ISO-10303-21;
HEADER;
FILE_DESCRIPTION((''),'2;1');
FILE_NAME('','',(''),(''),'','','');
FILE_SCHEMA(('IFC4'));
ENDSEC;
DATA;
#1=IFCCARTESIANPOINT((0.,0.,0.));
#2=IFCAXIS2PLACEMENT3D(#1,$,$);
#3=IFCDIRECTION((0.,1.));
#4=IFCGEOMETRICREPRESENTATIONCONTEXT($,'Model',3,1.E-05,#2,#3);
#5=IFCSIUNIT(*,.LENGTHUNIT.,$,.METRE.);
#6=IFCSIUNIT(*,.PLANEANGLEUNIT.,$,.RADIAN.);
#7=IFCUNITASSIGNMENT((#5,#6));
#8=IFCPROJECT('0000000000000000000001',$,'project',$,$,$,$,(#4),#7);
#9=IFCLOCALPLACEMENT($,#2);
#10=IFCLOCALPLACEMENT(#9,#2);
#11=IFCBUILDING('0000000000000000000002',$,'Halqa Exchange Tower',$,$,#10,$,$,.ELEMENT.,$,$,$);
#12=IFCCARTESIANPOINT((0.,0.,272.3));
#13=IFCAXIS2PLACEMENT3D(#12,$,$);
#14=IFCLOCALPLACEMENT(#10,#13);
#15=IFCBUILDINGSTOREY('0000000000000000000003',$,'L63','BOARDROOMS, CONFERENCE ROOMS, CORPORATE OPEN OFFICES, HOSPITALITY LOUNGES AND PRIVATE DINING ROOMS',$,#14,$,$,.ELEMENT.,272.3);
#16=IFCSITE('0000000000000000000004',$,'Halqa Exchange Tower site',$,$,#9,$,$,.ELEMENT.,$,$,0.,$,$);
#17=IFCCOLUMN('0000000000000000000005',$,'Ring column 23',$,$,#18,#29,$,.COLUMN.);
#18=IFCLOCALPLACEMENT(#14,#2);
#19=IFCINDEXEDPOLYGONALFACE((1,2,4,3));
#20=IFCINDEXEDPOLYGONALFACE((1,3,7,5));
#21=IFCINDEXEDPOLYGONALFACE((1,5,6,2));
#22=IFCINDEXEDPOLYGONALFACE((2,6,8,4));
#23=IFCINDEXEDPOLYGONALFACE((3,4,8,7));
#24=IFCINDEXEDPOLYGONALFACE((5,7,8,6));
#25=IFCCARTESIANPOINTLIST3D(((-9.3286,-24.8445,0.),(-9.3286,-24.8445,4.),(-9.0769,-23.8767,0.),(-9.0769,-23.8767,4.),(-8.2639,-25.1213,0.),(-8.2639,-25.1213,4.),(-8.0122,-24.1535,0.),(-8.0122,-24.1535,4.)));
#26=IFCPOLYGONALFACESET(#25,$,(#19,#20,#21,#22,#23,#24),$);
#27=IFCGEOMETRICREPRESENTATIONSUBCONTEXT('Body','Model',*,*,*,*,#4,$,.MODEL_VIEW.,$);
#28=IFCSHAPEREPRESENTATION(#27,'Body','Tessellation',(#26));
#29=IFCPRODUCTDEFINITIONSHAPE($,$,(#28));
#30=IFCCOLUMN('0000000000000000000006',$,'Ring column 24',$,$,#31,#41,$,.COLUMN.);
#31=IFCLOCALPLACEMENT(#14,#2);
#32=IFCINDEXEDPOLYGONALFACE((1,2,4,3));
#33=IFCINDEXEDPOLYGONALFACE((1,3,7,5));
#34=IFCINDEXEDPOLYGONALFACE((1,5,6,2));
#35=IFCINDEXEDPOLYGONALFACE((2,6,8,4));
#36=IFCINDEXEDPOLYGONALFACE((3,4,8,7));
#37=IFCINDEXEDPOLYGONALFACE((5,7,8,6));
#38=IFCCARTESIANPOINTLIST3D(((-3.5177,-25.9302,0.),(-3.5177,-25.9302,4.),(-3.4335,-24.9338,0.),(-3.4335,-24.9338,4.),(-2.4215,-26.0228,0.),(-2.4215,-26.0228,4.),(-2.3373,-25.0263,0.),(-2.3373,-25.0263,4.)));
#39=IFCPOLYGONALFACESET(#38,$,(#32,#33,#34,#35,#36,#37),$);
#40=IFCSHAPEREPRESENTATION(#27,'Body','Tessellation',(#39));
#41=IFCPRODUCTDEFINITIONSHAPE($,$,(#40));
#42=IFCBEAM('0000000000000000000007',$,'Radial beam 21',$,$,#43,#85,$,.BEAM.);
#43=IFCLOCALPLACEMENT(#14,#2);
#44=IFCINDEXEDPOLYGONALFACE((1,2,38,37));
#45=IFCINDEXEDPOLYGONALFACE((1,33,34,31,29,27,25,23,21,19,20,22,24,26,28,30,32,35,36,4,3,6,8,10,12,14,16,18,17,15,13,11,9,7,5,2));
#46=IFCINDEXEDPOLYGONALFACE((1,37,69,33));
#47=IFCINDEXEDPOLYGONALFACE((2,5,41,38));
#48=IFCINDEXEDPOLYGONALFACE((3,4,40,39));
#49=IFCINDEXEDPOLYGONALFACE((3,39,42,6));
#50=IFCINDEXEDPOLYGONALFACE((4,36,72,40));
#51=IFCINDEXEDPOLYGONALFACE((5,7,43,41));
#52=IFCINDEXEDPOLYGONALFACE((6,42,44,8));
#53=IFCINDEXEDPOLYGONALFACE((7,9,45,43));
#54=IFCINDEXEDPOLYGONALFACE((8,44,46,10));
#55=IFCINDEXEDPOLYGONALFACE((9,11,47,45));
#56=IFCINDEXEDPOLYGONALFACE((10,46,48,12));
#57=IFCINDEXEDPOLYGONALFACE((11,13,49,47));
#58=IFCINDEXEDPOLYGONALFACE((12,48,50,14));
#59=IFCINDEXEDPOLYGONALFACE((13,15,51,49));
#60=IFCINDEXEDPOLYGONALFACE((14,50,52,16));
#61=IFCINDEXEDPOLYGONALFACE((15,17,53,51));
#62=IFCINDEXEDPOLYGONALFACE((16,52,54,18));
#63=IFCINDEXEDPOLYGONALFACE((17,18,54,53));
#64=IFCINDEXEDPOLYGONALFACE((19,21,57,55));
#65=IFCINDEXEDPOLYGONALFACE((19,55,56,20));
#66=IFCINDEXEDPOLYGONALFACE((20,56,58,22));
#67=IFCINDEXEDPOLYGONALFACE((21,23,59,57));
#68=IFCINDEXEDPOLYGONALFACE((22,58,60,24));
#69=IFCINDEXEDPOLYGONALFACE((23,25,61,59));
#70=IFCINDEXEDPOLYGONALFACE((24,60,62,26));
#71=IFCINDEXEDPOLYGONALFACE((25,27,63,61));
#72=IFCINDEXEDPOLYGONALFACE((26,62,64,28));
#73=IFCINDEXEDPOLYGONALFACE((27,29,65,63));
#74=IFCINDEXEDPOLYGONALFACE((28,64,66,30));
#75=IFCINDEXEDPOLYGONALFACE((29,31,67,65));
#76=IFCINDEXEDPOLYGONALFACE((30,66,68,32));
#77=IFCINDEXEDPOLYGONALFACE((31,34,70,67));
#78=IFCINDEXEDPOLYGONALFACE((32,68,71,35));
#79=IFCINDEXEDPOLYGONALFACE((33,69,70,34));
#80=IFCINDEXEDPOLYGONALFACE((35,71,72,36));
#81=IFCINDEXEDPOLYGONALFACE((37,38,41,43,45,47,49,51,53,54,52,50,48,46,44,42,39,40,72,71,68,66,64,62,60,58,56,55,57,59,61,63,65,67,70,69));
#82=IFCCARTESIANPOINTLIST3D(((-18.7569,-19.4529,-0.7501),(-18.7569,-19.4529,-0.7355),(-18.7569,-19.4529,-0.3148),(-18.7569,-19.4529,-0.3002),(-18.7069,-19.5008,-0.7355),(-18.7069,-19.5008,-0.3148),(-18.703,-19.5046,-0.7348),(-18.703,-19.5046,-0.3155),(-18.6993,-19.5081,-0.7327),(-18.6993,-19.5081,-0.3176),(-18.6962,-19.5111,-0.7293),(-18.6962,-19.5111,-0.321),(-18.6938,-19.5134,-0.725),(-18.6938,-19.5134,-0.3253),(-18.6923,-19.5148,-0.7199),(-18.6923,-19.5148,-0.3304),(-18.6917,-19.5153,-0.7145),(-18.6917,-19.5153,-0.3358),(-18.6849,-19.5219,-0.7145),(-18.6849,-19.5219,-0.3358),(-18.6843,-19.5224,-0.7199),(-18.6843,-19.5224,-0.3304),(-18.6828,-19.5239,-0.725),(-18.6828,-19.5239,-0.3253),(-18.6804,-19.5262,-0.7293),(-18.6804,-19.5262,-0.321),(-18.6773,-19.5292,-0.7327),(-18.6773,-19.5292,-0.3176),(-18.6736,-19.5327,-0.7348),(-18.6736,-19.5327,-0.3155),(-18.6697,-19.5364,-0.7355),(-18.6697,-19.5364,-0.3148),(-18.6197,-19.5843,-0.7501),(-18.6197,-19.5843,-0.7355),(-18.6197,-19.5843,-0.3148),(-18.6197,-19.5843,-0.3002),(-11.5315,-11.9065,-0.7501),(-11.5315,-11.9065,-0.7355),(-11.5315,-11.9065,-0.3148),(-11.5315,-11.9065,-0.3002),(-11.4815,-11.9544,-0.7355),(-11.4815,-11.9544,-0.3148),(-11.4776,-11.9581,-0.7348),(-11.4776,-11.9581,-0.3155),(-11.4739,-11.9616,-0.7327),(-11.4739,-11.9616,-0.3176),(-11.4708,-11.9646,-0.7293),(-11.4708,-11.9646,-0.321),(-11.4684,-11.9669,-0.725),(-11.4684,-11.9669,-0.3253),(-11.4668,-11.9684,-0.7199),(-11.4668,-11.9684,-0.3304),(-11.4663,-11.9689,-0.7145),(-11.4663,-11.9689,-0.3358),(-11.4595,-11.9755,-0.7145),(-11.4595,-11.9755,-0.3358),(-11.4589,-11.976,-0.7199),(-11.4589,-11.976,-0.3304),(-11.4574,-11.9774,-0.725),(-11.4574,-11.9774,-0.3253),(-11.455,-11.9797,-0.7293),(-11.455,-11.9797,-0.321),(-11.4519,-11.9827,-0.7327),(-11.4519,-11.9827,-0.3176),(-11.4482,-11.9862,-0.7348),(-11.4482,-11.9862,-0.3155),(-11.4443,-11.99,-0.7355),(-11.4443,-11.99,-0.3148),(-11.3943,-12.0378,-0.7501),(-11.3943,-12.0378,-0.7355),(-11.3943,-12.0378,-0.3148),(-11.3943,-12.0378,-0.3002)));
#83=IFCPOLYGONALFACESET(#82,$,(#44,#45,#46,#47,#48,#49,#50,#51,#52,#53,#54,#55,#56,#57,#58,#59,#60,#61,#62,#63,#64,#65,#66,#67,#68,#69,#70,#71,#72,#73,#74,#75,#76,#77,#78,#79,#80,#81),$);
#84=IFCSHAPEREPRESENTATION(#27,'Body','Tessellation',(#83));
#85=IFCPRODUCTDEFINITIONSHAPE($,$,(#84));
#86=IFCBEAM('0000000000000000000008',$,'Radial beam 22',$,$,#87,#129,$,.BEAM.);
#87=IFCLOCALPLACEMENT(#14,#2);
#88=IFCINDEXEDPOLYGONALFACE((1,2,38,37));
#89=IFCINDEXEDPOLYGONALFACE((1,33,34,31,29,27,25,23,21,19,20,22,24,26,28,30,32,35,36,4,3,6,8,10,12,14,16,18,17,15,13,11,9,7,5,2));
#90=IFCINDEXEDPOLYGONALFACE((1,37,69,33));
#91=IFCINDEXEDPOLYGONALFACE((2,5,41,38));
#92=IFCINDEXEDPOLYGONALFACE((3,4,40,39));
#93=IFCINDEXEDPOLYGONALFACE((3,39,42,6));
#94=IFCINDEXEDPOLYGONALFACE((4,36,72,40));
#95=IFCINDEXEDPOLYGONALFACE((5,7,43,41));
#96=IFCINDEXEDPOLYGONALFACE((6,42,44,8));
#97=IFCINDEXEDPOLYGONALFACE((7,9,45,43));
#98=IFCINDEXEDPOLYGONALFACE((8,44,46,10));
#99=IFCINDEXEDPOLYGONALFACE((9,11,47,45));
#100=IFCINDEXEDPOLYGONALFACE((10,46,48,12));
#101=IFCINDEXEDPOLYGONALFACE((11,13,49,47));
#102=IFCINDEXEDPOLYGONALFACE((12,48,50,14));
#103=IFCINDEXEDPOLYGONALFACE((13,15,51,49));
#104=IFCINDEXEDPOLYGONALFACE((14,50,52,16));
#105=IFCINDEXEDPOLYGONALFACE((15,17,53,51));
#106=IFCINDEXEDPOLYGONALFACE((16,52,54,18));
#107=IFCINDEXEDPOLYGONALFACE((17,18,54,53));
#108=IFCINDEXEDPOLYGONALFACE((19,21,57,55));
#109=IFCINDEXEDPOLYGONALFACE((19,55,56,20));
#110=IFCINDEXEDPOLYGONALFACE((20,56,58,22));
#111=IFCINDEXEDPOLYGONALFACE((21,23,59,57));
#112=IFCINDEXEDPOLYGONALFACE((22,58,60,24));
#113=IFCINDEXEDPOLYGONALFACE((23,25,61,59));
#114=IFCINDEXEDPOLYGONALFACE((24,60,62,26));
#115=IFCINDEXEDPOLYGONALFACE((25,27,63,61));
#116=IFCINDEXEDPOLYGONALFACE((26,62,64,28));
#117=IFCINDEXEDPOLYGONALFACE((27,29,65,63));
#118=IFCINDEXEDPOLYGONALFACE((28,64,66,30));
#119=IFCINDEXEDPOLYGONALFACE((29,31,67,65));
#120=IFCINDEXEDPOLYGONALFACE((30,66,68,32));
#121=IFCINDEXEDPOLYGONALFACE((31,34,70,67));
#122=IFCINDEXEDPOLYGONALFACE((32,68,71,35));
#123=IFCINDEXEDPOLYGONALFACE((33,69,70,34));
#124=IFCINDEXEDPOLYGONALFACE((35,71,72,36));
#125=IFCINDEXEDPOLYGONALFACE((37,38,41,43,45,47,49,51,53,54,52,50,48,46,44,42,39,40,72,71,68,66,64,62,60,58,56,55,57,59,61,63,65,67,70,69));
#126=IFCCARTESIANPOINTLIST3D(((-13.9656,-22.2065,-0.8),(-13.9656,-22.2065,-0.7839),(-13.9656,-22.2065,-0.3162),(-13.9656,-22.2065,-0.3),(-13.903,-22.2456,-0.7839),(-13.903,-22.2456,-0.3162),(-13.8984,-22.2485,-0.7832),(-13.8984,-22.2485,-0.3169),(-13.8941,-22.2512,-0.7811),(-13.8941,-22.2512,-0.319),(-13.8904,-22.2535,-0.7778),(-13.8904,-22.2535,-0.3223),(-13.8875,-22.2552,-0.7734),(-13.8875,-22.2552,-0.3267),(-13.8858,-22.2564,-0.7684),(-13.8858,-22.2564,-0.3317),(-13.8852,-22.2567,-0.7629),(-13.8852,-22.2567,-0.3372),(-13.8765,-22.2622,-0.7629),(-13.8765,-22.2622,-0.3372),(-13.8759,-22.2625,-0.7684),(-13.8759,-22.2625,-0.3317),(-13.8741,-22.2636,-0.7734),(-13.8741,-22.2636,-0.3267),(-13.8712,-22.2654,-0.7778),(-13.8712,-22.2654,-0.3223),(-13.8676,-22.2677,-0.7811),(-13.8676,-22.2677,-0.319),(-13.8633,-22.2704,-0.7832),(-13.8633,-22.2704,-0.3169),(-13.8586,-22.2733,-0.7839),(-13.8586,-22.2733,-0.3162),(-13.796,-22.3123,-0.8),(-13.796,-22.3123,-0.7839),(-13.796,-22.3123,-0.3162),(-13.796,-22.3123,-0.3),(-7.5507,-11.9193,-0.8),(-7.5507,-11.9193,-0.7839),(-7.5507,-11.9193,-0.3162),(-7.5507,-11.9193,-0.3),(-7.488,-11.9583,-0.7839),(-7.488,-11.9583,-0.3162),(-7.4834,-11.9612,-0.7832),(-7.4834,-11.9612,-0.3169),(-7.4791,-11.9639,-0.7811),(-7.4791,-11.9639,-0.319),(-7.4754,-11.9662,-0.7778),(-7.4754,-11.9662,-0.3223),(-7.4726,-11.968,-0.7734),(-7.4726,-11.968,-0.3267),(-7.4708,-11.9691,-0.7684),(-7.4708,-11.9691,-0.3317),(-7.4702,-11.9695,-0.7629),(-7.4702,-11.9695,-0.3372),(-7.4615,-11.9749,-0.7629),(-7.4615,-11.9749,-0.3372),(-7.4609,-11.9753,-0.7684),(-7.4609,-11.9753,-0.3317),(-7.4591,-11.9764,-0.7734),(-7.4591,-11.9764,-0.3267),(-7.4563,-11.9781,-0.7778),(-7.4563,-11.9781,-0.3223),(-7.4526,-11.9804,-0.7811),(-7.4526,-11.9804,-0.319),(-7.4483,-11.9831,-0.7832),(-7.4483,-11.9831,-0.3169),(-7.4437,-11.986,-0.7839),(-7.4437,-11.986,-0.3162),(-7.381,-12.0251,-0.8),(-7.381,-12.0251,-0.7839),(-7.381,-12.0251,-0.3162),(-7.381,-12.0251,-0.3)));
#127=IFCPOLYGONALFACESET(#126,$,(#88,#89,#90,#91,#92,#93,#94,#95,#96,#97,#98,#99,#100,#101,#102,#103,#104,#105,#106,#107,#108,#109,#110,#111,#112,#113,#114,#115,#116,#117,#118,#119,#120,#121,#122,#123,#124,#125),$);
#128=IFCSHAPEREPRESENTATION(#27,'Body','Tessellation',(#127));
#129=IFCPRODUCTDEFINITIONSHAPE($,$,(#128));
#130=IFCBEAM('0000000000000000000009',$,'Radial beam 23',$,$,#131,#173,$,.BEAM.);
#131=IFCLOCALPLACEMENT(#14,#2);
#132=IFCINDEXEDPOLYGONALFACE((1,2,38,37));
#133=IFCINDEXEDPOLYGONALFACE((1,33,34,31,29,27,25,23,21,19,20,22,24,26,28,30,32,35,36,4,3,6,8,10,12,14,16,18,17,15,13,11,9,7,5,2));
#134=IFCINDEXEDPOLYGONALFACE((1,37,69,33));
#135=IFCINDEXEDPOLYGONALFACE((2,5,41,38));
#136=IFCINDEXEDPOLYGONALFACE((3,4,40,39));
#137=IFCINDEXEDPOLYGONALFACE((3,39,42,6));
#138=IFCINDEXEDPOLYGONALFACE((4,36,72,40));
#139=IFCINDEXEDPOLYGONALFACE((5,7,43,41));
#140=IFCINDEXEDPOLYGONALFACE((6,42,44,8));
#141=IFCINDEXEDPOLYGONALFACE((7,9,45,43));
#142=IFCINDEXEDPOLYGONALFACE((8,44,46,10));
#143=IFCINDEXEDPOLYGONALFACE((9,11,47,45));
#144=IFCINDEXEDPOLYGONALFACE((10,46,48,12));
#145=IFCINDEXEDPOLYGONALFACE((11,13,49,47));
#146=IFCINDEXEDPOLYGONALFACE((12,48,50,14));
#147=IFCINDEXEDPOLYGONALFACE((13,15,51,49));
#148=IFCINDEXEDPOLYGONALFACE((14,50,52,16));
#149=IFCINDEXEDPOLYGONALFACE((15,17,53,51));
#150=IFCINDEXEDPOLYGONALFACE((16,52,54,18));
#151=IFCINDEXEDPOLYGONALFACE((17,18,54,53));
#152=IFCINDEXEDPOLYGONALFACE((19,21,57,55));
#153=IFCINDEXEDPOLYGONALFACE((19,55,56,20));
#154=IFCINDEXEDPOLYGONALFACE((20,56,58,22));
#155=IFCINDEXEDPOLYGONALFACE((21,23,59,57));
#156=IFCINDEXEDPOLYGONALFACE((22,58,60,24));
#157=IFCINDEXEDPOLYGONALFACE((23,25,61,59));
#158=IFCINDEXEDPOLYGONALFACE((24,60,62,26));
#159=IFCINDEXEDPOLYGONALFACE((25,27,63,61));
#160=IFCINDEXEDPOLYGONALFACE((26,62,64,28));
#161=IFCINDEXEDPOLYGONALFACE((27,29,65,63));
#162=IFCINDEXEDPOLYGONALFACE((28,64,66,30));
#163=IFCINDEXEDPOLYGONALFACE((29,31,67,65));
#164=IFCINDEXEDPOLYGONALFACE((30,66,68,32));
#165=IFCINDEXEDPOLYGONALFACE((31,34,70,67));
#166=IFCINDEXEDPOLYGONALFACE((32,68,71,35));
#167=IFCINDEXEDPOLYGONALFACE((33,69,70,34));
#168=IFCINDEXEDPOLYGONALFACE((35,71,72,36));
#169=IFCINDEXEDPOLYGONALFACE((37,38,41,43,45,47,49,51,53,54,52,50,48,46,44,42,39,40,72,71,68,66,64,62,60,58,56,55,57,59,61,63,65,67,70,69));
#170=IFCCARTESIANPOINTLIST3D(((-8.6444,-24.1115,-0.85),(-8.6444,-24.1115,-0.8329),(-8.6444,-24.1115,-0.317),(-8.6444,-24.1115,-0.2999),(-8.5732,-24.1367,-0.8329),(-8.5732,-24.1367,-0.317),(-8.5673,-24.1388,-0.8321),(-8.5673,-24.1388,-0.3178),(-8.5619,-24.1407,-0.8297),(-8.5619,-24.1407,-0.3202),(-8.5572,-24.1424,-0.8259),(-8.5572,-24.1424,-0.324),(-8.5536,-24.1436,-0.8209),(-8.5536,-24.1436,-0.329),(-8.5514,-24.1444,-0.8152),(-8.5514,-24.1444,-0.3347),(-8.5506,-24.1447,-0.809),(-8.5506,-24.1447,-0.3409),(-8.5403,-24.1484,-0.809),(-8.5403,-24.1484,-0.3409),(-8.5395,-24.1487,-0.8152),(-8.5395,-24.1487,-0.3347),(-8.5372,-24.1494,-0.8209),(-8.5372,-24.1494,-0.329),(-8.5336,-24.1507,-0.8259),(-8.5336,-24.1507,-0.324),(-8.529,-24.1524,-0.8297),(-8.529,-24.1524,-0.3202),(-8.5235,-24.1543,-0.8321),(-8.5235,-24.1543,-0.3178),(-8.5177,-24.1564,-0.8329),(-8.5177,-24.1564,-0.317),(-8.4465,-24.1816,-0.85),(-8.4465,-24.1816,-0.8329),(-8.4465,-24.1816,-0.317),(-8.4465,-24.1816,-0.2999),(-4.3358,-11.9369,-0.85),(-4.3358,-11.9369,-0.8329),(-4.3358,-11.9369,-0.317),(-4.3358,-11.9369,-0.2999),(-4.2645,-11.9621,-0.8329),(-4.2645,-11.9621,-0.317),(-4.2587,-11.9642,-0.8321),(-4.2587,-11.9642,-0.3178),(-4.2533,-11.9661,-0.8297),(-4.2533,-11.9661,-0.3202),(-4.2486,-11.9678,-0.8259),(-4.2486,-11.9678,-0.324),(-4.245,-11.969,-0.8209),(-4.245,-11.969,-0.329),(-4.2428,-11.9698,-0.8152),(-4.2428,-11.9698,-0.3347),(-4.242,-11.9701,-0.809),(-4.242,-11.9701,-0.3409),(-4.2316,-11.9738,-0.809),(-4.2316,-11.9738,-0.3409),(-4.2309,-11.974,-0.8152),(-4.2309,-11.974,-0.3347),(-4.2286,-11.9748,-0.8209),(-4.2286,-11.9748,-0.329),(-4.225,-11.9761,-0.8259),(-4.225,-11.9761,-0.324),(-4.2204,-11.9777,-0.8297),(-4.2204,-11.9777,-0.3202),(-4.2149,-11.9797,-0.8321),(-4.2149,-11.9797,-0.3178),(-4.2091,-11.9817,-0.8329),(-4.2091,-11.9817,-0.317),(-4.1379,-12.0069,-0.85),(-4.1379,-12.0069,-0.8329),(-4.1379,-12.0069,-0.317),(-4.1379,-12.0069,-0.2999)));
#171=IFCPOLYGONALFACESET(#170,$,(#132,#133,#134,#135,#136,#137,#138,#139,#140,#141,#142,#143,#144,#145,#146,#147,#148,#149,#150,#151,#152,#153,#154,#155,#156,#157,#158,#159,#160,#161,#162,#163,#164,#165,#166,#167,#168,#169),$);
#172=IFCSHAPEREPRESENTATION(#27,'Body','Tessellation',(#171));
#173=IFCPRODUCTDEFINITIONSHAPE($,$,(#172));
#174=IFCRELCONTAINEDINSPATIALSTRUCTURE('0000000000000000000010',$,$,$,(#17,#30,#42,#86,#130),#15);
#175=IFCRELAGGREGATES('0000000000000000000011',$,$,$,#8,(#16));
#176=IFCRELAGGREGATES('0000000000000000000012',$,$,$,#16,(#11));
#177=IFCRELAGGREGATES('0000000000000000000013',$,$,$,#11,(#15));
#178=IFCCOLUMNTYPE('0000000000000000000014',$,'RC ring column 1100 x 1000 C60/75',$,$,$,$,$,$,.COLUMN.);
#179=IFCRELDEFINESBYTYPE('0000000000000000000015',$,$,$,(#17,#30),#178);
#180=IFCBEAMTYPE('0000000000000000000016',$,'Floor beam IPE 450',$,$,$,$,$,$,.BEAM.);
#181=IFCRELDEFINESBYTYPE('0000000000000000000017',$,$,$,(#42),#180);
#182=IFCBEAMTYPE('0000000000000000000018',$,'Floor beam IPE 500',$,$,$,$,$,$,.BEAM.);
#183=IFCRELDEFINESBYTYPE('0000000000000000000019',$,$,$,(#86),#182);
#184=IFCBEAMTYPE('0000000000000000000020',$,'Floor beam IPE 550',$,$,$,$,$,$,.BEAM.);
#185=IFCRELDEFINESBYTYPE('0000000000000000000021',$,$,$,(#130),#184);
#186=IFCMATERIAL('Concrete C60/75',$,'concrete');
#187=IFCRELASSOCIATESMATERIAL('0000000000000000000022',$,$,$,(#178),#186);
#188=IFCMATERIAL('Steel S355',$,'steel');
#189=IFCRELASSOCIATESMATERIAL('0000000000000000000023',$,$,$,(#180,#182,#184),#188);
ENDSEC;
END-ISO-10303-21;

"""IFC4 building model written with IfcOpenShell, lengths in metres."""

from ifc_helpers import new_model, si_unit, direction, frame, origin, origin_2d, place, context, subcontext, project, spatial, rectangle, i_section, extrude, material, material_profile, profile_set, type_object, element, save


model = new_model("IFC4")

# Units and contexts
model_context = context("Model", 3, precision=1e-05, world=origin(), true_north=direction((0.0, 1.0)))
body_context = subcontext(model_context, "Body", "Model", "MODEL_VIEW")
ifc_project = project(units=[si_unit("LENGTHUNIT", "METRE"), si_unit("PLANEANGLEUNIT", "RADIAN")], contexts=[model_context])

# Site, building, storey
site_placement = place(None, origin())
site = spatial("IfcSite", under=ifc_project, at=site_placement, Name="Halqa Exchange Tower site", CompositionType="ELEMENT", RefElevation=0.0)
building_placement = place(site_placement, origin())
building = spatial("IfcBuilding", under=site, at=building_placement, Name="Halqa Exchange Tower", CompositionType="ELEMENT")
storey_placement = place(building_placement, frame((0.0, 0.0, 272.3)))
storey = spatial("IfcBuildingStorey", under=building, at=storey_placement, Name="L63", Description="BOARDROOMS, CONFERENCE ROOMS, CORPORATE OPEN OFFICES, HOSPITALITY LOUNGES AND PRIVATE DINING ROOMS", CompositionType="ELEMENT", Elevation=272.3)

# Columns
ifc_material_1 = material(Name="Concrete C60/75", Category="concrete")
ifc_material_profile_1 = material_profile(ifc_material_1, rectangle(XDim=1.1001, YDim=1.0, at=origin_2d()), Name="1100 x 1000")
ifc_profile_set_1 = profile_set([ifc_material_profile_1], Name="Concrete C60/75")
column_type = type_object("IfcColumnType", Name="RC ring column 1100 x 1000 C60/75", PredefinedType="COLUMN", material=ifc_profile_set_1)
for number, where, z_axis, x_axis, name in (
    (1, (-8.6704, -24.499, 0.0), (0.0, 0.0, 1.0), (0.96782, -0.251642, 0.0), "Ring column 23"),
    (2, (-2.9275, -25.4783, 0.0), (0.0, 0.0, 1.0), (0.996456, -0.084121, 0.0), "Ring column 24"),
):
    element("IfcColumn", number, at=place(storey_placement, frame(where, z_axis=z_axis, x_axis=x_axis)), inside=storey, type_object=column_type, Name=name, PredefinedType="COLUMN", context=body_context, shape_type="SweptSolid", body=[
        extrude(rectangle(XDim=1.1001, YDim=1.0, at=origin_2d()), origin(), (0.0, 0.0, 1.0), 4.0),
    ])

# Beams
ifc_material_2 = material(Name="Steel S355", Category="steel")
ifc_material_profile_2 = material_profile(ifc_material_2, i_section(OverallWidth=0.1899, OverallDepth=0.45, WebThickness=0.0095, FlangeThickness=0.0146, FilletRadius=0.021, at=origin_2d()), Name="IPE 450")
ifc_profile_set_2 = profile_set([ifc_material_profile_2], Name="Steel S355")
beam_type_1 = type_object("IfcBeamType", Name="Floor beam IPE 450", PredefinedType="BEAM", material=ifc_profile_set_2)
beam_1_placement = place(storey_placement, frame((-11.4629, -11.9722, -0.5251), z_axis=(-0.691575, -0.722304, 0.0), x_axis=(0.722304, -0.691575, 0.0)))
element("IfcBeam", 3, at=beam_1_placement, inside=storey, type_object=beam_type_1, Name="Radial beam 21", PredefinedType="BEAM", context=body_context, shape_type="SweptSolid", body=[
    extrude(i_section(OverallWidth=0.1899, OverallDepth=0.45, WebThickness=0.0095, FlangeThickness=0.0146, FilletRadius=0.021, at=origin_2d()), origin(), (0.0, 0.0, 1.0), 10.4478),
])
ifc_material_profile_3 = material_profile(ifc_material_2, i_section(OverallWidth=0.2, OverallDepth=0.5, WebThickness=0.0103, FlangeThickness=0.0161, FilletRadius=0.021, at=origin_2d()), Name="IPE 500")
ifc_profile_set_3 = profile_set([ifc_material_profile_3], Name="Steel S355")
beam_type_2 = type_object("IfcBeamType", Name="Floor beam IPE 500", PredefinedType="BEAM", material=ifc_profile_set_3)
beam_2_placement = place(storey_placement, frame((-7.4658, -11.9722, -0.55), z_axis=(-0.529135, -0.848538, 0.0), x_axis=(0.848538, -0.529135, 0.0)))
element("IfcBeam", 4, at=beam_2_placement, inside=storey, type_object=beam_type_2, Name="Radial beam 22", PredefinedType="BEAM", context=body_context, shape_type="SweptSolid", body=[
    extrude(i_section(OverallWidth=0.2, OverallDepth=0.5, WebThickness=0.0103, FlangeThickness=0.0161, FilletRadius=0.021, at=origin_2d()), origin(), (0.0, 0.0, 1.0), 12.1235),
])
ifc_material_profile_4 = material_profile(ifc_material_2, i_section(OverallWidth=0.21, OverallDepth=0.55, WebThickness=0.011, FlangeThickness=0.0171, FilletRadius=0.0239, at=origin_2d()), Name="IPE 550")
ifc_profile_set_4 = profile_set([ifc_material_profile_4], Name="Steel S355")
beam_type_3 = type_object("IfcBeamType", Name="Floor beam IPE 550", PredefinedType="BEAM", material=ifc_profile_set_4)
beam_3_placement = place(storey_placement, frame((-4.2368, -11.9719, -0.575), z_axis=(-0.333625, -0.942706, 0.0), x_axis=(0.942706, -0.333625, 0.0)))
element("IfcBeam", 5, at=beam_3_placement, inside=storey, type_object=beam_type_3, Name="Radial beam 23", PredefinedType="BEAM", context=body_context, shape_type="SweptSolid", body=[
    extrude(i_section(OverallWidth=0.21, OverallDepth=0.55, WebThickness=0.011, FlangeThickness=0.0171, FilletRadius=0.0239, at=origin_2d()), origin(), (0.0, 0.0, 1.0), 12.9146),
])

save(model, "model.ifc")
